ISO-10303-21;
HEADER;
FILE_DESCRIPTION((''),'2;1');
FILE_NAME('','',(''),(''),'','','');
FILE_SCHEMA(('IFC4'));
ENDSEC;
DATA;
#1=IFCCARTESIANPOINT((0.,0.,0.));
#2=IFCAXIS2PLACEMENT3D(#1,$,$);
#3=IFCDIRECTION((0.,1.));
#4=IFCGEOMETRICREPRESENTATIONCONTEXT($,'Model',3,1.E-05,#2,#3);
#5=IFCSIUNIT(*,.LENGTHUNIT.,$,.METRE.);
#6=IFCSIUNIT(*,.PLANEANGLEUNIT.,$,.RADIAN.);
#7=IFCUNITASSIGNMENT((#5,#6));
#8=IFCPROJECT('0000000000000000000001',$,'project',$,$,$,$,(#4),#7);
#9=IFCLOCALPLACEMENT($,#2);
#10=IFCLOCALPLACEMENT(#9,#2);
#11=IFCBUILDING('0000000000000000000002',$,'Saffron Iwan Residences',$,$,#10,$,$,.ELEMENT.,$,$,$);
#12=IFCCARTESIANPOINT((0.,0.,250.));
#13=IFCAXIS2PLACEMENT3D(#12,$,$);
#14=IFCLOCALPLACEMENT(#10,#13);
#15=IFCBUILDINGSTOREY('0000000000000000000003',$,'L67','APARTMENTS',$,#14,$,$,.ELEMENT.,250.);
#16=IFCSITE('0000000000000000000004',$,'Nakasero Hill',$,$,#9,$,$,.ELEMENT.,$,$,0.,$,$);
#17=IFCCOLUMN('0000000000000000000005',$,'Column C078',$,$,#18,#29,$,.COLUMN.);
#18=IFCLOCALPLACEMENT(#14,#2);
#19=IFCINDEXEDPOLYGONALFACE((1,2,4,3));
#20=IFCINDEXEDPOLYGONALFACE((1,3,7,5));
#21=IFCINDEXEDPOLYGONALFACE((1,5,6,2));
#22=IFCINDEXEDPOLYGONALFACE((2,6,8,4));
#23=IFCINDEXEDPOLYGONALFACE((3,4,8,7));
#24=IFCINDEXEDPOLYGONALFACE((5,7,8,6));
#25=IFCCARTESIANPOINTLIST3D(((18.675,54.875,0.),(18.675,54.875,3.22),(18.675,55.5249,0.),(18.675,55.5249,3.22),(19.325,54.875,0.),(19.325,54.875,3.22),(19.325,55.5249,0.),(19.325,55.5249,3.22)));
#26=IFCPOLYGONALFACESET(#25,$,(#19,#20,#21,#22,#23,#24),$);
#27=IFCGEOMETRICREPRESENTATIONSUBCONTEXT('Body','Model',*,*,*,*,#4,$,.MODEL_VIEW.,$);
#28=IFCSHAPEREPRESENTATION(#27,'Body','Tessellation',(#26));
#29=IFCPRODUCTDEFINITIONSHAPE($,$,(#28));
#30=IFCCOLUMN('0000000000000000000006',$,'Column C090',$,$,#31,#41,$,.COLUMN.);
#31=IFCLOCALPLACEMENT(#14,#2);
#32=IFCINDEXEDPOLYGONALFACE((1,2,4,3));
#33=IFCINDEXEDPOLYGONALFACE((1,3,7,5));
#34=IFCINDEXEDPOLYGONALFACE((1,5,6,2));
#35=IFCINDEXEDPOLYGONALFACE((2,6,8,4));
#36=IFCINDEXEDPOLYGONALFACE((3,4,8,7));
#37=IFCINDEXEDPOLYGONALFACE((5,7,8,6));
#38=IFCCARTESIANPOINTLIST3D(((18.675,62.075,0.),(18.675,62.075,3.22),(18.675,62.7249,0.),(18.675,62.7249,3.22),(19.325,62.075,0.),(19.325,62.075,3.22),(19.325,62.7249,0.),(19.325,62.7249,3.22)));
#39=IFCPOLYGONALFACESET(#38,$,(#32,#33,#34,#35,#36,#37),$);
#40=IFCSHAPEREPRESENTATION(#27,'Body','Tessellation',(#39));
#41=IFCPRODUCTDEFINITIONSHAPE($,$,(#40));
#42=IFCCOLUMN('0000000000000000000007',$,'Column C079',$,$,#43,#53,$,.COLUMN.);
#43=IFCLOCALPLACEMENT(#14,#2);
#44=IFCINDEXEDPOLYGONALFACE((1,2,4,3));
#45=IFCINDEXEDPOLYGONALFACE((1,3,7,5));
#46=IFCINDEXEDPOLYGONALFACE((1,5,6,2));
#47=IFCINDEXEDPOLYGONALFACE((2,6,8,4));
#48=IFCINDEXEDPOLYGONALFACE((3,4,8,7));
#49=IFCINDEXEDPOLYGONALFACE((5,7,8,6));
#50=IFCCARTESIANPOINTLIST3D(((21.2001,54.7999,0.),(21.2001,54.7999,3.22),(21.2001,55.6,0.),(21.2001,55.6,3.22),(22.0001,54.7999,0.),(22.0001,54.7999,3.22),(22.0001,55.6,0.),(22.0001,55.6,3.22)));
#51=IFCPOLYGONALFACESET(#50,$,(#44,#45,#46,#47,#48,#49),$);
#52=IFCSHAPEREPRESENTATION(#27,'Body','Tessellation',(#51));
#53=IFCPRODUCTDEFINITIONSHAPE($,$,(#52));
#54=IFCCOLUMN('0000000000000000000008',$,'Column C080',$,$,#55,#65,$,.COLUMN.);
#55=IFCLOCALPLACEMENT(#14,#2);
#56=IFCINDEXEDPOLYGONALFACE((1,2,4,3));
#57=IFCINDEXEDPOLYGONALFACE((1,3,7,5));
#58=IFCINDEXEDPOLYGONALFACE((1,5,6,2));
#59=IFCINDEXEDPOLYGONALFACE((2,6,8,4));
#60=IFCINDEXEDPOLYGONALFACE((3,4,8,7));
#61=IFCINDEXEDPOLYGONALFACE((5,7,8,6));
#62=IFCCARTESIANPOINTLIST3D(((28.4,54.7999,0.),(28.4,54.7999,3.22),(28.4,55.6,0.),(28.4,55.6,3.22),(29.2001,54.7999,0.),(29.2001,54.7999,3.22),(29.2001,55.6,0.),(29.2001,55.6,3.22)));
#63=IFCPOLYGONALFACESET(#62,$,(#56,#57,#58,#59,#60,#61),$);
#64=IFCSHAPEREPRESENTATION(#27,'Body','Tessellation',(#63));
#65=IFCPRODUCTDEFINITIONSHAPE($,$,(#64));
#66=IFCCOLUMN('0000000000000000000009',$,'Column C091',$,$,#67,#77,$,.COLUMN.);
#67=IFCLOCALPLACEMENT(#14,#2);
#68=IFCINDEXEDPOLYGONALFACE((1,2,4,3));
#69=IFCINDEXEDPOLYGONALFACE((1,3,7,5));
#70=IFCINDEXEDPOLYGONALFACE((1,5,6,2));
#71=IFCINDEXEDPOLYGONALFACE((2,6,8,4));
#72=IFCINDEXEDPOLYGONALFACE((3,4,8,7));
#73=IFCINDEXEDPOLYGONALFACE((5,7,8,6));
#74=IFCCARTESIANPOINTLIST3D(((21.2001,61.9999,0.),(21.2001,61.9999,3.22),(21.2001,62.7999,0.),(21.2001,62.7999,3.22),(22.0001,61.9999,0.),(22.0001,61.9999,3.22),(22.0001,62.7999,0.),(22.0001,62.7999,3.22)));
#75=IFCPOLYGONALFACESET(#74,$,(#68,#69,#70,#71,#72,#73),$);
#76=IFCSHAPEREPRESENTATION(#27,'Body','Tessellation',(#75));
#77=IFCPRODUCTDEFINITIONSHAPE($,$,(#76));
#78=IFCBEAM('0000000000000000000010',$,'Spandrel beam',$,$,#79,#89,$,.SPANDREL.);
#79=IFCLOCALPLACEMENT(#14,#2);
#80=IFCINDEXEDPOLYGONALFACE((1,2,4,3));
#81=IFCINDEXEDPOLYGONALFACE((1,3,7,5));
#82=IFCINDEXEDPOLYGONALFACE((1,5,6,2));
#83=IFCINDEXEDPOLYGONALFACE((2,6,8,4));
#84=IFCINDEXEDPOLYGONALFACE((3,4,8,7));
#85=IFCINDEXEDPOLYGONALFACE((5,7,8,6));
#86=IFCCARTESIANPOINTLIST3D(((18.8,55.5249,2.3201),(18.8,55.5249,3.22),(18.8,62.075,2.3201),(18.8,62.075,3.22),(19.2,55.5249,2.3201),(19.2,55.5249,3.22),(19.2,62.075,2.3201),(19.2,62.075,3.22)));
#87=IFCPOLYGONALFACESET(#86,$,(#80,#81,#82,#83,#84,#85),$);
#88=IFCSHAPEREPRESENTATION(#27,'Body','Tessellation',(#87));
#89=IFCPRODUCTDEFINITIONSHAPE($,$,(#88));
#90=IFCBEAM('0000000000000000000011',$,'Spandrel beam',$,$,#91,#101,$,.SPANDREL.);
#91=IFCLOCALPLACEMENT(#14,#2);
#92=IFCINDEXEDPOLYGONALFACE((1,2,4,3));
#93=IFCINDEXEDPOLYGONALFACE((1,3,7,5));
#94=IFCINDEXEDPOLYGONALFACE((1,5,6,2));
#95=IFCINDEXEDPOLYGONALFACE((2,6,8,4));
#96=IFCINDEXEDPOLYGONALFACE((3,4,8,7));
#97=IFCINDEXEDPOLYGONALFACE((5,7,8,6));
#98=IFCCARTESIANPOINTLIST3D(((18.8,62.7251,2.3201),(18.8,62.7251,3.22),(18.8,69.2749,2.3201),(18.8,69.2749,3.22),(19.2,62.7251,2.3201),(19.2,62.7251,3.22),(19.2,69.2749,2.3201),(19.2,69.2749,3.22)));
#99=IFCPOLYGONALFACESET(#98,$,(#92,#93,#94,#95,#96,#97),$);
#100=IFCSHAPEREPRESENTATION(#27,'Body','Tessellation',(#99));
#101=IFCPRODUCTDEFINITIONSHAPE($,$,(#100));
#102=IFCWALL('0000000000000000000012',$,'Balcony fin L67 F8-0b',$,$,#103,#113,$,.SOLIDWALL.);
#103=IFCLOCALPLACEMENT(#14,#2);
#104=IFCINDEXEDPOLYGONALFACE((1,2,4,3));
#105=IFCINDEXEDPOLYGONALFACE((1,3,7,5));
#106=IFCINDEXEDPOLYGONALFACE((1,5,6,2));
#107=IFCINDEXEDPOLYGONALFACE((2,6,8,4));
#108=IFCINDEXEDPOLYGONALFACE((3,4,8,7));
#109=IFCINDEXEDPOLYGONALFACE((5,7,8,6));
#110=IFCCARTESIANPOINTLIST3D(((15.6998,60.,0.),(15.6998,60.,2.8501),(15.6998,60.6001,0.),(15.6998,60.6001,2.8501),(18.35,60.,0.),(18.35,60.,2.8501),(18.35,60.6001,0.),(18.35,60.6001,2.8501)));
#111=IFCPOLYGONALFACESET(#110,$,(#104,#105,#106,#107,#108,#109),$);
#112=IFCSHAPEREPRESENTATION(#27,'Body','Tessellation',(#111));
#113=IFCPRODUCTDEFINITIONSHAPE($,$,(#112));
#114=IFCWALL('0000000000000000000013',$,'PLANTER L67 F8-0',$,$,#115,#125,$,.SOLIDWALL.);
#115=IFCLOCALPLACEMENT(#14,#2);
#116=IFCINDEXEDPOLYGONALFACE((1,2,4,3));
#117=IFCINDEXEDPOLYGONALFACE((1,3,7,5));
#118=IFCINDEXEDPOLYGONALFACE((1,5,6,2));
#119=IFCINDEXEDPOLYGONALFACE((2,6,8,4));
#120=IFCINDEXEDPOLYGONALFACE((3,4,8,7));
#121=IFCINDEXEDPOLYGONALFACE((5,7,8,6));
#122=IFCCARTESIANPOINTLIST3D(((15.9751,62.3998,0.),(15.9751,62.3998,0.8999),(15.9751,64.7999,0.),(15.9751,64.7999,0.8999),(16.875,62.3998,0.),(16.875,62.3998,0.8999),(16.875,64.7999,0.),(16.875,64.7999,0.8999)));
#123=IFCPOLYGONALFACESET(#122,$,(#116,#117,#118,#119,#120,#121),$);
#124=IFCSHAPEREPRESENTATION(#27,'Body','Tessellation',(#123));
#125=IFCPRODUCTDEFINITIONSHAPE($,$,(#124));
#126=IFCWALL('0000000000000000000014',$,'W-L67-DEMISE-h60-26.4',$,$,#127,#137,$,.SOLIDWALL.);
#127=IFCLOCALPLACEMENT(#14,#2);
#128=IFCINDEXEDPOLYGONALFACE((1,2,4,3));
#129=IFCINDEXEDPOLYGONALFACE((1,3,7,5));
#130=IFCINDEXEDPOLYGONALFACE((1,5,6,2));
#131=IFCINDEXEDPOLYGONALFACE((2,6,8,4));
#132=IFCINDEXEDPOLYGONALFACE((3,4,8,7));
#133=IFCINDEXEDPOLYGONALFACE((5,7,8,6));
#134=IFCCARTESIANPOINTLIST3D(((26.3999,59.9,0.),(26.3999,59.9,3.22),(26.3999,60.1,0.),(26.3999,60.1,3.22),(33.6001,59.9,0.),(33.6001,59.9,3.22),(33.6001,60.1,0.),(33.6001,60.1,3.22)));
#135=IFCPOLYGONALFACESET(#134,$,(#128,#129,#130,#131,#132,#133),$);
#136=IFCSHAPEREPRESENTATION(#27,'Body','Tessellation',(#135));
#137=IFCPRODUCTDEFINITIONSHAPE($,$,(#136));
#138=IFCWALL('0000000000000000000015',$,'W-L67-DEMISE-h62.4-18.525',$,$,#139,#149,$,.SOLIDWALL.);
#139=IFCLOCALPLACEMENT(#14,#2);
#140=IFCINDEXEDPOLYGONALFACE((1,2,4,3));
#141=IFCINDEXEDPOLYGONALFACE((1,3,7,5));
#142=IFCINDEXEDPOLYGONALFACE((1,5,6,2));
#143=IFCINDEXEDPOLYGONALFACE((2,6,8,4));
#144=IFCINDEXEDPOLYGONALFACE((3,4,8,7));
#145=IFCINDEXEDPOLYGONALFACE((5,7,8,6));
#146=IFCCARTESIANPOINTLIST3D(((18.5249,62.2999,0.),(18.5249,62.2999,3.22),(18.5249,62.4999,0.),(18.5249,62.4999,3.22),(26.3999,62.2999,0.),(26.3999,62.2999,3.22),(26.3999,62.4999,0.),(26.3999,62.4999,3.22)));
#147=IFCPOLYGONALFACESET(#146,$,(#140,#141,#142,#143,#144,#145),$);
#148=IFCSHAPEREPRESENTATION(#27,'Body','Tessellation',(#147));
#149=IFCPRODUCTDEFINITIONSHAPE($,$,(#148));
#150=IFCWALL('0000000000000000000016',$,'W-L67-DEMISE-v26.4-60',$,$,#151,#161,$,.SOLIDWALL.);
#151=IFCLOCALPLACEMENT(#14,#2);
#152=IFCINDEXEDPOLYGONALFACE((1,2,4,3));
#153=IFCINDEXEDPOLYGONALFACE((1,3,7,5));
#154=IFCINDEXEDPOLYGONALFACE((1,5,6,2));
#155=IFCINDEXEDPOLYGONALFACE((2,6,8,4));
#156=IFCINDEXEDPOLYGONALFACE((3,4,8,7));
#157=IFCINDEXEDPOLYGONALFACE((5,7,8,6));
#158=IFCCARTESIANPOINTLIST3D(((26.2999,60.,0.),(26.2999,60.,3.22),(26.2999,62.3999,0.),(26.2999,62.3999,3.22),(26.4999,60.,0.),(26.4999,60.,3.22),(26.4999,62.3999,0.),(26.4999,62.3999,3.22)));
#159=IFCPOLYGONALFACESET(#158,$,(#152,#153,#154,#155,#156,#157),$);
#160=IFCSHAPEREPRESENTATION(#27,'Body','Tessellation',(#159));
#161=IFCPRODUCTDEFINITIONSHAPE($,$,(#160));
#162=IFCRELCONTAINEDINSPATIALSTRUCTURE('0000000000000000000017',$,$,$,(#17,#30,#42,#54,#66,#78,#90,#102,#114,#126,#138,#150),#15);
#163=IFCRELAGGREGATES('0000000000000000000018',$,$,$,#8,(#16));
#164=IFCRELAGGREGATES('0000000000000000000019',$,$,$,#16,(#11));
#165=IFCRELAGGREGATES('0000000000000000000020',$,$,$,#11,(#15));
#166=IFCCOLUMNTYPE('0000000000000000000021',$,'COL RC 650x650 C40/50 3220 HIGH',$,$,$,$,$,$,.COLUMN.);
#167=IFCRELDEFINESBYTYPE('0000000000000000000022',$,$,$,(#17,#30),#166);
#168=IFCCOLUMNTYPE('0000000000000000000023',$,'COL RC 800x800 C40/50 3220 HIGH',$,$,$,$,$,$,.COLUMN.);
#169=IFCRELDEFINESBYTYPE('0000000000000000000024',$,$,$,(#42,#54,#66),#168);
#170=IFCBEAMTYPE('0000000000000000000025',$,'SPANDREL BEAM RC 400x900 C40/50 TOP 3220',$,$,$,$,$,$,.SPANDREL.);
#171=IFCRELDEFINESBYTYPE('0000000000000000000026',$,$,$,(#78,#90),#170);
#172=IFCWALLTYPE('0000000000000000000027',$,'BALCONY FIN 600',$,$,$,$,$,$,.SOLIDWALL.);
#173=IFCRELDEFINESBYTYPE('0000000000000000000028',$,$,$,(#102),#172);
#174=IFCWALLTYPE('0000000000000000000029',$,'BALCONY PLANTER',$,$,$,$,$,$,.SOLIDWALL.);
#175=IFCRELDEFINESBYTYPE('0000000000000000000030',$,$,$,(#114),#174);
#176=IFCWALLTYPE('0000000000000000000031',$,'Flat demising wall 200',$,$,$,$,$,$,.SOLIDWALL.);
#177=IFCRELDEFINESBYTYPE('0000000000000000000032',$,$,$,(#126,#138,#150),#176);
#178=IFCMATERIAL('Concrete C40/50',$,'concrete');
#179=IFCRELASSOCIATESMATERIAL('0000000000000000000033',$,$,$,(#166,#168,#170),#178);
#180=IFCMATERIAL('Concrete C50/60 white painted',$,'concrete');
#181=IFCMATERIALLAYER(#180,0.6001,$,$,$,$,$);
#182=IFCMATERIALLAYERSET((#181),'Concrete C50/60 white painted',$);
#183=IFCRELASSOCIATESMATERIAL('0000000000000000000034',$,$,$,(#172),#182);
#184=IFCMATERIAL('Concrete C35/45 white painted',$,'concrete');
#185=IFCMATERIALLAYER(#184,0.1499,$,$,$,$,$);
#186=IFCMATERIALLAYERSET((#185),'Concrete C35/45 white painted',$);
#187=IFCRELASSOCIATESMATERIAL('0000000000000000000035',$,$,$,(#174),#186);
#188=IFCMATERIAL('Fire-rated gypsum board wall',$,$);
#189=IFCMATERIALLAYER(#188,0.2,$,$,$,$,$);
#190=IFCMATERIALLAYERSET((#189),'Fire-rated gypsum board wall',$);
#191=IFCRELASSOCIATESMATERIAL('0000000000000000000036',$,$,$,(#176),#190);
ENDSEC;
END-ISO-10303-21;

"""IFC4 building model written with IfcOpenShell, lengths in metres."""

from ifc_helpers import new_model, si_unit, direction, frame, frame_2d, origin, origin_2d, place, context, subcontext, project, spatial, rectangle, extrude, source, transform, mapped, material, layer, layer_set, material_profile, profile_set, type_object, element, save


model = new_model("IFC4")

# Units and contexts
model_context = context("Model", 3, precision=1e-05, world=origin(), true_north=direction((0.0, 1.0)))
body_context = subcontext(model_context, "Body", "Model", "MODEL_VIEW")
ifc_project = project(units=[si_unit("LENGTHUNIT", "METRE"), si_unit("PLANEANGLEUNIT", "RADIAN")], contexts=[model_context])

# Site, building, storey
site_placement = place(None, origin())
site = spatial("IfcSite", under=ifc_project, at=site_placement, Name="Nakasero Hill", CompositionType="ELEMENT", RefElevation=0.0)
building_placement = place(site_placement, origin())
building = spatial("IfcBuilding", under=site, at=building_placement, Name="Saffron Iwan Residences", CompositionType="ELEMENT")
storey_placement = place(building_placement, frame((0.0, 0.0, 250.0)))
storey = spatial("IfcBuildingStorey", under=building, at=storey_placement, Name="L67", Description="APARTMENTS", CompositionType="ELEMENT", Elevation=250.0)

# Columns
ifc_material_1 = material(Name="Concrete C40/50", Category="concrete")
ifc_material_profile_1 = material_profile(ifc_material_1, rectangle(XDim=0.6499, YDim=0.6499, at=origin_2d()), Name="RC 650x650")
ifc_profile_set_1 = profile_set([ifc_material_profile_1], Name="Concrete C40/50")
column_type_1 = type_object("IfcColumnType", Name="COL RC 650x650 C40/50 3220 HIGH", PredefinedType="COLUMN", material=ifc_profile_set_1)
shared_shape_1 = source(origin(), body_context, "Body", "SweptSolid", [
    extrude(rectangle(XDim=0.6499, YDim=0.6499, at=origin_2d()), origin(), (0.0, 0.0, 1.0), 3.22),
])
for number, where, z_axis, x_axis, name in (
    (1, (19.0, 55.2, 0.0), (0.0, 0.0, 1.0), (1.0, 0.0, 0.0), "Column C078"),
    (2, (19.0, 62.3999, 0.0), (0.0, 0.0, 1.0), (1.0, 0.0, 0.0), "Column C090"),
):
    element("IfcColumn", number, at=place(storey_placement, frame(where, z_axis=z_axis, x_axis=x_axis)), inside=storey, type_object=column_type_1, Name=name, PredefinedType="COLUMN", context=body_context, shape_type="MappedRepresentation", body=[
        mapped(shared_shape_1, transform((0.0, 0.0, 0.0))),
    ])
ifc_material_profile_2 = material_profile(ifc_material_1, rectangle(XDim=0.8, YDim=0.8, at=origin_2d()), Name="RC 800x800")
ifc_profile_set_2 = profile_set([ifc_material_profile_2], Name="Concrete C40/50")
column_type_2 = type_object("IfcColumnType", Name="COL RC 800x800 C40/50 3220 HIGH", PredefinedType="COLUMN", material=ifc_profile_set_2)
shared_shape_2 = source(origin(), body_context, "Body", "SweptSolid", [
    extrude(rectangle(XDim=0.8, YDim=0.8, at=origin_2d()), origin(), (0.0, 0.0, 1.0), 3.22),
])
for number, where, z_axis, x_axis, name in (
    (3, (21.6001, 55.2, 0.0), (0.0, 0.0, 1.0), (1.0, 0.0, 0.0), "Column C079"),
    (4, (28.8, 55.2, 0.0), (0.0, 0.0, 1.0), (1.0, 0.0, 0.0), "Column C080"),
    (5, (21.6001, 62.3999, 0.0), (0.0, 0.0, 1.0), (1.0, 0.0, 0.0), "Column C091"),
):
    element("IfcColumn", number, at=place(storey_placement, frame(where, z_axis=z_axis, x_axis=x_axis)), inside=storey, type_object=column_type_2, Name=name, PredefinedType="COLUMN", context=body_context, shape_type="MappedRepresentation", body=[
        mapped(shared_shape_2, transform((0.0, 0.0, 0.0))),
    ])

# Beams
ifc_material_profile_3 = material_profile(ifc_material_1, rectangle(XDim=0.3999, YDim=0.8999, at=origin_2d()), Name="RC 400x900")
ifc_profile_set_3 = profile_set([ifc_material_profile_3], Name="Concrete C40/50")
beam_type = type_object("IfcBeamType", Name="SPANDREL BEAM RC 400x900 C40/50 TOP 3220", PredefinedType="SPANDREL", material=ifc_profile_set_3)
shared_shape_3 = source(origin(), body_context, "Body", "SweptSolid", [
    extrude(rectangle(XDim=0.3999, YDim=0.8999, at=origin_2d()), origin(), (0.0, 0.0, 1.0), 6.55),
])
beam_1_placement = place(storey_placement, frame((19.0, 55.5249, 2.77), z_axis=(0.0, 1.0, 0.0), x_axis=(-1.0, 0.0, 0.0)))
element("IfcBeam", 6, at=beam_1_placement, inside=storey, type_object=beam_type, Name="Spandrel beam", PredefinedType="SPANDREL", context=body_context, shape_type="MappedRepresentation", body=[
    mapped(shared_shape_3, transform((0.0, 0.0, 0.0))),
])
shared_shape_4 = source(origin(), body_context, "Body", "SweptSolid", [
    extrude(rectangle(XDim=0.3999, YDim=0.8999, at=origin_2d()), origin(), (0.0, 0.0, 1.0), 6.5498),
])
beam_2_placement = place(storey_placement, frame((19.0, 62.7251, 2.77), z_axis=(0.0, 1.0, 0.0), x_axis=(-1.0, 0.0, 0.0)))
element("IfcBeam", 7, at=beam_2_placement, inside=storey, type_object=beam_type, Name="Spandrel beam", PredefinedType="SPANDREL", context=body_context, shape_type="MappedRepresentation", body=[
    mapped(shared_shape_4, transform((0.0, 0.0, 0.0))),
])

# Walls
ifc_material_2 = material(Name="Concrete C50/60 white painted", Category="concrete")
ifc_layer_1 = layer(ifc_material_2, 0.6001)
ifc_layer_set_1 = layer_set([ifc_layer_1], Name="Concrete C50/60 white painted")
wall_type_1 = type_object("IfcWallType", Name="BALCONY FIN 600", PredefinedType="SOLIDWALL", material=ifc_layer_set_1)
wall_1_placement = place(storey_placement, frame((18.3501, 60.3, 0.0), z_axis=(0.0, 0.0, 1.0), x_axis=(-1.0, 0.0, 0.0)))
element("IfcWall", 8, at=wall_1_placement, inside=storey, type_object=wall_type_1, Name="Balcony fin L67 F8-0b", PredefinedType="SOLIDWALL", context=body_context, shape_type="SweptSolid", body=[
    extrude(rectangle(XDim=2.6501, YDim=0.6001, at=frame_2d((1.3252, 0.0))), origin(), (0.0, 0.0, 1.0), 2.8501),
])
ifc_material_3 = material(Name="Concrete C35/45 white painted", Category="concrete")
ifc_layer_2 = layer(ifc_material_3, 0.1499)
ifc_layer_set_2 = layer_set([ifc_layer_2], Name="Concrete C35/45 white painted")
wall_type_2 = type_object("IfcWallType", Name="BALCONY PLANTER", PredefinedType="SOLIDWALL", material=ifc_layer_set_2)
wall_2_placement = place(storey_placement, frame((16.425, 64.8, 0.0), z_axis=(0.0, 0.0, 1.0), x_axis=(0.0, -1.0, 0.0)))
element("IfcWall", 9, at=wall_2_placement, inside=storey, type_object=wall_type_2, Name="PLANTER L67 F8-0", PredefinedType="SOLIDWALL", context=body_context, shape_type="SweptSolid", body=[
    extrude(rectangle(XDim=2.4001, YDim=0.8999, at=frame_2d((1.2002, 0.0))), origin(), (0.0, 0.0, 1.0), 0.8999),
])
ifc_material_4 = material(Name="Fire-rated gypsum board wall")
ifc_layer_3 = layer(ifc_material_4, 0.2)
ifc_layer_set_3 = layer_set([ifc_layer_3], Name="Fire-rated gypsum board wall")
wall_type_3 = type_object("IfcWallType", Name="Flat demising wall 200", PredefinedType="SOLIDWALL", material=ifc_layer_set_3)
wall_3_placement = place(storey_placement, frame((26.3999, 60.0, 0.0), z_axis=(0.0, 0.0, 1.0), x_axis=(1.0, 0.0, 0.0)))
element("IfcWall", 10, at=wall_3_placement, inside=storey, type_object=wall_type_3, Name="W-L67-DEMISE-h60-26.4", PredefinedType="SOLIDWALL", context=body_context, shape_type="SweptSolid", body=[
    extrude(rectangle(XDim=7.2002, YDim=0.2, at=frame_2d((3.6001, 0.0))), origin(), (0.0, 0.0, 1.0), 3.22),
])
wall_4_placement = place(storey_placement, frame((18.5249, 62.3999, 0.0), z_axis=(0.0, 0.0, 1.0), x_axis=(1.0, 0.0, 0.0)))
element("IfcWall", 11, at=wall_4_placement, inside=storey, type_object=wall_type_3, Name="W-L67-DEMISE-h62.4-18.525", PredefinedType="SOLIDWALL", context=body_context, shape_type="SweptSolid", body=[
    extrude(rectangle(XDim=7.875, YDim=0.2, at=frame_2d((3.9375, 0.0))), origin(), (0.0, 0.0, 1.0), 3.22),
])
wall_5_placement = place(storey_placement, frame((26.3999, 60.0, 0.0), z_axis=(0.0, 0.0, 1.0), x_axis=(0.0, 1.0, 0.0)))
element("IfcWall", 12, at=wall_5_placement, inside=storey, type_object=wall_type_3, Name="W-L67-DEMISE-v26.4-60", PredefinedType="SOLIDWALL", context=body_context, shape_type="SweptSolid", body=[
    extrude(rectangle(XDim=2.3999, YDim=0.2, at=frame_2d((1.2, 0.0))), origin(), (0.0, 0.0, 1.0), 3.22),
])

save(model, "model.ifc")
